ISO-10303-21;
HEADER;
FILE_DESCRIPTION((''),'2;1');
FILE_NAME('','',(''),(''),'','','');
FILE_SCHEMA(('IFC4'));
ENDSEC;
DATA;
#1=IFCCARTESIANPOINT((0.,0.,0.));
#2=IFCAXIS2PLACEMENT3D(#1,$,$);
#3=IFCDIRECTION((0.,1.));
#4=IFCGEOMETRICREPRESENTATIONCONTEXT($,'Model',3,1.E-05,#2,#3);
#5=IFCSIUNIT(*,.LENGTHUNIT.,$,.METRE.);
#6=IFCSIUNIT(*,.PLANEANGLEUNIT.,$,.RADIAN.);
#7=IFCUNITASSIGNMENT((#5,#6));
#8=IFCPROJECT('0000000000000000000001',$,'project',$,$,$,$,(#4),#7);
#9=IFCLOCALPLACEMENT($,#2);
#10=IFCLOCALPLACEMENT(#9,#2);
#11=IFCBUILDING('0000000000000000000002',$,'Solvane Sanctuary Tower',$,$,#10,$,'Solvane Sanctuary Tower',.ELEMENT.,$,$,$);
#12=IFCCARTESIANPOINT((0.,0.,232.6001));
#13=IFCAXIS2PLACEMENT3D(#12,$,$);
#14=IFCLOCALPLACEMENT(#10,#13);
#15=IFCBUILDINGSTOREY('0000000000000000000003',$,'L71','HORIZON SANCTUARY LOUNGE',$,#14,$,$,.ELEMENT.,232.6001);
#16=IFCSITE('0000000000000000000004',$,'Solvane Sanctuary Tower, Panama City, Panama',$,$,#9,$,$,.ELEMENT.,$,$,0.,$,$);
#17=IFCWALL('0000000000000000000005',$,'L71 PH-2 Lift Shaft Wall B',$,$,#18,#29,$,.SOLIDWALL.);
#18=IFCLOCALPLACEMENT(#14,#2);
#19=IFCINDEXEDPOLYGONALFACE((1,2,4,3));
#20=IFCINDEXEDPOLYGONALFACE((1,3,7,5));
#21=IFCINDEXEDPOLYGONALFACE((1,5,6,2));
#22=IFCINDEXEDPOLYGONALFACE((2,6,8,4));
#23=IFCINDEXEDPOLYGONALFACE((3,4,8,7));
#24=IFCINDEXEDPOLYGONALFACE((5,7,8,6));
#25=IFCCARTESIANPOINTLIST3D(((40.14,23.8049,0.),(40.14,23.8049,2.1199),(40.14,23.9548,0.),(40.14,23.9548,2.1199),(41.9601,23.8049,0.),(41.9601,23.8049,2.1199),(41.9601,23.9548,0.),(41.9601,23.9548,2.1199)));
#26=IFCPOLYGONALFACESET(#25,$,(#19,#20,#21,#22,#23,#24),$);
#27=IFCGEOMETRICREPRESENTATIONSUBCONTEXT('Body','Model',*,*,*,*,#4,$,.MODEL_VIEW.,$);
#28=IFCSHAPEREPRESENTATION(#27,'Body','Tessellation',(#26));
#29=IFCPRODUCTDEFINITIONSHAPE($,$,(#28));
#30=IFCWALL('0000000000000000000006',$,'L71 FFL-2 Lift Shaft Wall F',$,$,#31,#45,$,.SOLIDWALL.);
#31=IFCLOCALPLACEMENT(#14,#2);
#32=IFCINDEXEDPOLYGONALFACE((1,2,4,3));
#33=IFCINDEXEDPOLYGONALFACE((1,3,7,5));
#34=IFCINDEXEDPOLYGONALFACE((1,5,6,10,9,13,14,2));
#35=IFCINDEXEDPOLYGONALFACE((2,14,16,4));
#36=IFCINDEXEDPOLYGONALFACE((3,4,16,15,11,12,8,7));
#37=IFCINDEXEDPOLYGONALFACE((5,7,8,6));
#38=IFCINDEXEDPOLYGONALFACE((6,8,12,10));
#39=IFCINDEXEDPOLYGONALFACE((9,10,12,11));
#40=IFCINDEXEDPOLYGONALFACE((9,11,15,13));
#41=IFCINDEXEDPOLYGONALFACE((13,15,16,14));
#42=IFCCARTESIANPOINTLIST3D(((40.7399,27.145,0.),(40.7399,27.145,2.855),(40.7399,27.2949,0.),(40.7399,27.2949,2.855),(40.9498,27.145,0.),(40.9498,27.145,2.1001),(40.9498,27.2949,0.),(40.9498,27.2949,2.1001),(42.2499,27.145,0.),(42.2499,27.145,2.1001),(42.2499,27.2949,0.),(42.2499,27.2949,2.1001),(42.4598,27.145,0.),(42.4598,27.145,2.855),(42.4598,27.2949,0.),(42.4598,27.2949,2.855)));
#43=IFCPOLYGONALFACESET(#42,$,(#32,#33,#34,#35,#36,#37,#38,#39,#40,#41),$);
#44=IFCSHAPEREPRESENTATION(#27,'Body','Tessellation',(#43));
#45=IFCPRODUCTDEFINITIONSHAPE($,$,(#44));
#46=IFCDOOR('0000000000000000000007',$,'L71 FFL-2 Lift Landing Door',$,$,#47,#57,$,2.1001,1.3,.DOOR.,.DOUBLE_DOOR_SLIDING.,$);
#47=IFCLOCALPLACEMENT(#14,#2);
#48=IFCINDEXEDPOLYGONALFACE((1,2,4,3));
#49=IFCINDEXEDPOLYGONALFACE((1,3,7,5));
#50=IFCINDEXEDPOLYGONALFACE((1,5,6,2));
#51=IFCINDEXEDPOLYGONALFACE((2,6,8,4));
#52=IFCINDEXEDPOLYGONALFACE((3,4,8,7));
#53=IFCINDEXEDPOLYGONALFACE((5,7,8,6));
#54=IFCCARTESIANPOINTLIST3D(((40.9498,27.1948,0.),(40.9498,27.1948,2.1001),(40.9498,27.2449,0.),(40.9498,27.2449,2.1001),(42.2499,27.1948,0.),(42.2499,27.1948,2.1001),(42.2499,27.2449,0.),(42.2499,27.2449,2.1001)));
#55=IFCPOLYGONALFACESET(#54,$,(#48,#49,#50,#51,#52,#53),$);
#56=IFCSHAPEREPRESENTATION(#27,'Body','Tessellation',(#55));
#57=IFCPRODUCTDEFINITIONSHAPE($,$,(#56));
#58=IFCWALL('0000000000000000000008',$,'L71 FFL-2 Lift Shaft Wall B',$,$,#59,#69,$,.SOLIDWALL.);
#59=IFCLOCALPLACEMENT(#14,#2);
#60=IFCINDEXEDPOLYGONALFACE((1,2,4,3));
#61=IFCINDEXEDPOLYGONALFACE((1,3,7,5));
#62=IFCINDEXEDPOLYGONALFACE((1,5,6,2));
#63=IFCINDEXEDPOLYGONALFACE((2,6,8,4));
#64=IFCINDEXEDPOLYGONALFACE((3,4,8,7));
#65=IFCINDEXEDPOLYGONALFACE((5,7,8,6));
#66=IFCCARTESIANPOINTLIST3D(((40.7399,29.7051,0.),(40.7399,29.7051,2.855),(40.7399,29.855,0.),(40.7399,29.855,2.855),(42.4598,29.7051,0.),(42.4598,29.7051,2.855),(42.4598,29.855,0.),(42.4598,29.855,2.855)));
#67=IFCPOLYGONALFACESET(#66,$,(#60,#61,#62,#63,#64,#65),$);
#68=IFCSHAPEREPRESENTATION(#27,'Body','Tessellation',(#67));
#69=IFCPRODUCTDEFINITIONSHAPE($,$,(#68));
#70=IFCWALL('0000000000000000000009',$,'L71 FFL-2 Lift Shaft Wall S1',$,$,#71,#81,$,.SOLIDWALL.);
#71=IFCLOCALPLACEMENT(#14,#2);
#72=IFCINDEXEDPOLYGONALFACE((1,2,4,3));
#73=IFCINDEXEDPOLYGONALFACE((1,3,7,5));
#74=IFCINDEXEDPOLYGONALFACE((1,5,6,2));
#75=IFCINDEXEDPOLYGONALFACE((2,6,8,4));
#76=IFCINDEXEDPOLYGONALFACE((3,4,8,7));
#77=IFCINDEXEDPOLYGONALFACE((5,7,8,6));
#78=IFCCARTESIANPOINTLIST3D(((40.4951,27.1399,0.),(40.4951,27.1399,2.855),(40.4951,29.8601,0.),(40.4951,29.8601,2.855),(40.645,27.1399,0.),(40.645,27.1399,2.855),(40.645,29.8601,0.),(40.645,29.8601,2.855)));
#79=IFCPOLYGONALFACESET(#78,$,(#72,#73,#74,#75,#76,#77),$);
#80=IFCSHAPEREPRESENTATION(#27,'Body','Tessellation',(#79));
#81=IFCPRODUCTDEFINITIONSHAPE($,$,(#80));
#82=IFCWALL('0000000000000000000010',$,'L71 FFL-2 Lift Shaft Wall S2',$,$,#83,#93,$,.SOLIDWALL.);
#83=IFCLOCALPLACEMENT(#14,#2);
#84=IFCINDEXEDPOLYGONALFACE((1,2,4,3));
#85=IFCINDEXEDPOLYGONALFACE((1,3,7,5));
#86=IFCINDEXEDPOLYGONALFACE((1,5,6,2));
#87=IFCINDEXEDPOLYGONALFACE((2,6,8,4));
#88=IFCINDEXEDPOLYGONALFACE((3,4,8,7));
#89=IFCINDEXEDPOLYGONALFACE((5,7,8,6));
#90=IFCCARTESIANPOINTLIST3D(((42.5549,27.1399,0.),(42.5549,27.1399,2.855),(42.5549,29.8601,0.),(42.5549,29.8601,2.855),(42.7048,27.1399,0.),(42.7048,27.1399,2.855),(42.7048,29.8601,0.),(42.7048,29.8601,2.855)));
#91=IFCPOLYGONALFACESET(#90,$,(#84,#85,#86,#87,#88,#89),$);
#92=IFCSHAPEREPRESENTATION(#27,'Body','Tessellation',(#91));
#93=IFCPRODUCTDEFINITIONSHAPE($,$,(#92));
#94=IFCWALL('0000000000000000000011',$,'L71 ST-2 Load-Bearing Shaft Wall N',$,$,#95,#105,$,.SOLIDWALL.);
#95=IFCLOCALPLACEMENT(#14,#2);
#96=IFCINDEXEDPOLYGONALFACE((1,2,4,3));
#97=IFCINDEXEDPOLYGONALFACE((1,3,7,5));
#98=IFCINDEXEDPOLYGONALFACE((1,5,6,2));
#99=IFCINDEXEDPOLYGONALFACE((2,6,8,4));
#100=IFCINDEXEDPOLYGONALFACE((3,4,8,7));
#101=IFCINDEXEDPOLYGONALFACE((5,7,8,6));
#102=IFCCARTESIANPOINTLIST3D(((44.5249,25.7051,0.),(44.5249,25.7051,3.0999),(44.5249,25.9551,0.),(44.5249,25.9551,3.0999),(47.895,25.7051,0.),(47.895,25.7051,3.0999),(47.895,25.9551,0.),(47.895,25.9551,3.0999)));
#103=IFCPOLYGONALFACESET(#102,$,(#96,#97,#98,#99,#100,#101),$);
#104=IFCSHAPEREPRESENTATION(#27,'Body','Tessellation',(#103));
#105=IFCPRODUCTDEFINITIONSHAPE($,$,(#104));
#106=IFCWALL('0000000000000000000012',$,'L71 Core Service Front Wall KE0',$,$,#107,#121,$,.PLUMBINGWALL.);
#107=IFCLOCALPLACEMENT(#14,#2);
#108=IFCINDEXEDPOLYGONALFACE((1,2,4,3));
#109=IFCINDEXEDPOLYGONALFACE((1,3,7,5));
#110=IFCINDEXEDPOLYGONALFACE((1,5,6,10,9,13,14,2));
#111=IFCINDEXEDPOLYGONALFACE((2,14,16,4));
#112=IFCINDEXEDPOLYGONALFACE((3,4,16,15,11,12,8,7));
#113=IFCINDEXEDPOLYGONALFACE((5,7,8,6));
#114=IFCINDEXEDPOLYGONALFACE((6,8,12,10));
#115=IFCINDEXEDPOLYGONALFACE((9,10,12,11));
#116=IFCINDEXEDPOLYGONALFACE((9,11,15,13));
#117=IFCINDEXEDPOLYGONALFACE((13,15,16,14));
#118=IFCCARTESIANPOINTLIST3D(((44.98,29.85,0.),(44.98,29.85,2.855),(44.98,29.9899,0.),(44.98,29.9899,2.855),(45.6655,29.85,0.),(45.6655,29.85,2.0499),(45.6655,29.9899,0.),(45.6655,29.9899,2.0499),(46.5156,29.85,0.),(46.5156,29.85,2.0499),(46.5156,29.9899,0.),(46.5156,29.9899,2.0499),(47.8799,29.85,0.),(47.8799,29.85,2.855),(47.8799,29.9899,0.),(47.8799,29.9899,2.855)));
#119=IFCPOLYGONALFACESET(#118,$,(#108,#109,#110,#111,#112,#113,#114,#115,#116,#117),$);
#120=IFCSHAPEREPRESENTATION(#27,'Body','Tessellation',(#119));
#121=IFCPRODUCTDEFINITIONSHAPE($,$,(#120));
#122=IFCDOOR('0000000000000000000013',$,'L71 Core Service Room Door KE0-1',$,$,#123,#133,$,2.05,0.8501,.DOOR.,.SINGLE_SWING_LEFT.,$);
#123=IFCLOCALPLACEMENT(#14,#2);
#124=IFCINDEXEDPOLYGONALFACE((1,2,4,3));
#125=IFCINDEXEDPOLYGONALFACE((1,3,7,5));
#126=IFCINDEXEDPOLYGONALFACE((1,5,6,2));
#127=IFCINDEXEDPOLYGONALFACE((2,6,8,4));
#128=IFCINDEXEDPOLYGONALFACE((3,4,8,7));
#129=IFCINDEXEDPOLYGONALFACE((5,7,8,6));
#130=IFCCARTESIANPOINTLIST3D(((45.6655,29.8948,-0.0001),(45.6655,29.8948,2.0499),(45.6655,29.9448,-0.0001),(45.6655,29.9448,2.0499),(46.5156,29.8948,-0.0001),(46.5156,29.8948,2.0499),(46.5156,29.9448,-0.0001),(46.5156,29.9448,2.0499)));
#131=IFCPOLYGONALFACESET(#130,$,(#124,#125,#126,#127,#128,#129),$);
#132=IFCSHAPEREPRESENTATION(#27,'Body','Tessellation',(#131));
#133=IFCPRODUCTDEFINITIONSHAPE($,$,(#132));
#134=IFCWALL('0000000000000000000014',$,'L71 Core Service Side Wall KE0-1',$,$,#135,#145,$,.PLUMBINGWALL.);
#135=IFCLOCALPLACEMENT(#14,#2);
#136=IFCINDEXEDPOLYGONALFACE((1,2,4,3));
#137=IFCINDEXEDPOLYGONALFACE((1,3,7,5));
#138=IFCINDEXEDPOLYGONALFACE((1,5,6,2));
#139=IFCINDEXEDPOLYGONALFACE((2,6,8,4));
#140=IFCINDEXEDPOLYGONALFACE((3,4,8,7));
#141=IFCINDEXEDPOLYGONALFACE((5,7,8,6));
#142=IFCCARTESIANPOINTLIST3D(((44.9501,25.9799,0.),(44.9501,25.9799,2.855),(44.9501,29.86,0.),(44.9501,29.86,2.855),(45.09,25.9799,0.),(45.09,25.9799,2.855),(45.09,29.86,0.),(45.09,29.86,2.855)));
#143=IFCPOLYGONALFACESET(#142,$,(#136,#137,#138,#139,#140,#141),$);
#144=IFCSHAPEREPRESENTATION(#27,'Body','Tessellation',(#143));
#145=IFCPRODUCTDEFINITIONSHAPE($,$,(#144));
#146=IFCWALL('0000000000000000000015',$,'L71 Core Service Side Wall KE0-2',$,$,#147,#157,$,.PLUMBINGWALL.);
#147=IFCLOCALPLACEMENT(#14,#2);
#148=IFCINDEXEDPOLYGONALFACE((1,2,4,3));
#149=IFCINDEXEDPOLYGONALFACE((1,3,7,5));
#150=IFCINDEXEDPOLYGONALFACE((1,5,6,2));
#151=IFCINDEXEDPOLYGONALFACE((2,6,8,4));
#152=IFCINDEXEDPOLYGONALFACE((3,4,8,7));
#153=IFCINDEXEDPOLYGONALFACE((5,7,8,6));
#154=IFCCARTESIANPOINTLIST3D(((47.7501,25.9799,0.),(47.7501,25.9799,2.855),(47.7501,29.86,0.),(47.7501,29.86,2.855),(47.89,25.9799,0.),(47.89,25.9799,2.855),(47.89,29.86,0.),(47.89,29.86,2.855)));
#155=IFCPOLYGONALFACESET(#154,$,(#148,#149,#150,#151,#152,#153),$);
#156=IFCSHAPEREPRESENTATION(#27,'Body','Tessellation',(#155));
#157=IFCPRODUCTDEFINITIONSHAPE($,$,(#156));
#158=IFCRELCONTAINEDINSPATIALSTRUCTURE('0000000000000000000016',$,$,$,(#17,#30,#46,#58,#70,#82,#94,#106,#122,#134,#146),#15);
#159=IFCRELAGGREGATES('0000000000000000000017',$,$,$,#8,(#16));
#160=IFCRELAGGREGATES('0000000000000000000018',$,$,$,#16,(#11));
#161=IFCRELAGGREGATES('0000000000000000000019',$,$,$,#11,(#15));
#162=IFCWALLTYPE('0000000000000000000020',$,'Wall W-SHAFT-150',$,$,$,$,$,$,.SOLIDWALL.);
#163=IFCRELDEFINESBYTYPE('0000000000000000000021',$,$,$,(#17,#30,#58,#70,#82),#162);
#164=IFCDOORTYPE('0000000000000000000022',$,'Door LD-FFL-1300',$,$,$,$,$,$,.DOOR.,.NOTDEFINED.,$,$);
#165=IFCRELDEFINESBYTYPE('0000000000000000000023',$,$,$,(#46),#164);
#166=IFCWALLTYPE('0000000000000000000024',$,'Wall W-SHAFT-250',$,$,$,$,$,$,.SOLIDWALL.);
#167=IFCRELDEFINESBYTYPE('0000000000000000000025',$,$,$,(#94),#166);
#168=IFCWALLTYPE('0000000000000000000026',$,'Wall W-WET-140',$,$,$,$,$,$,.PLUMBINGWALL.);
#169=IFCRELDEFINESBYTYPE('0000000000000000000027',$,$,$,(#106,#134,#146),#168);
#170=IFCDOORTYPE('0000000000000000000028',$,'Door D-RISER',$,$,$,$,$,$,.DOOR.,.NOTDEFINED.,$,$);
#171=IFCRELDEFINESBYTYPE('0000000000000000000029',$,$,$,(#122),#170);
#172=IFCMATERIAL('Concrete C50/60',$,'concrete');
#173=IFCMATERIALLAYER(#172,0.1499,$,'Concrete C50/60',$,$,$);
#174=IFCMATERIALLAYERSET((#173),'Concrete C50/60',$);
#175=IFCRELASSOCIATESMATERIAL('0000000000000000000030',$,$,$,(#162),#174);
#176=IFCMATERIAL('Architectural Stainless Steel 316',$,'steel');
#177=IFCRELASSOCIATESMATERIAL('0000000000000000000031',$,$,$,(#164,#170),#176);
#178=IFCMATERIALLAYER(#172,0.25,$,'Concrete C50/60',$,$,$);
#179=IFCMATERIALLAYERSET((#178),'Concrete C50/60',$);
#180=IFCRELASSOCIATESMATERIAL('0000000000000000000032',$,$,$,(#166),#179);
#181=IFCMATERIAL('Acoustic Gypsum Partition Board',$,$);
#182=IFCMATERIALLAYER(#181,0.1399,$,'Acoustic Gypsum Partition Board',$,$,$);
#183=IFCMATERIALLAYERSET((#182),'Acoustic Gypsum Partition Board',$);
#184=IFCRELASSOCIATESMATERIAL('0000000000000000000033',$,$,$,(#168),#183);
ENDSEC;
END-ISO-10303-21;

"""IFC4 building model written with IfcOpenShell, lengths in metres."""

from ifc_helpers import new_model, si_unit, direction, frame, frame_2d, origin, place, context, subcontext, project, spatial, rectangle, extrude, material, layer, layer_set, type_object, element, fill, save


model = new_model("IFC4")

# Units and contexts
model_context = context("Model", 3, precision=1e-05, world=origin(), true_north=direction((0.0, 1.0)))
body_context = subcontext(model_context, "Body", "Model", "MODEL_VIEW")
ifc_project = project(units=[si_unit("LENGTHUNIT", "METRE"), si_unit("PLANEANGLEUNIT", "RADIAN")], contexts=[model_context])

# Site, building, storey
site_placement = place(None, origin())
site = spatial("IfcSite", under=ifc_project, at=site_placement, Name="Solvane Sanctuary Tower, Panama City, Panama", CompositionType="ELEMENT", RefElevation=0.0)
building_placement = place(site_placement, origin())
building = spatial("IfcBuilding", under=site, at=building_placement, Name="Solvane Sanctuary Tower", LongName="Solvane Sanctuary Tower", CompositionType="ELEMENT")
storey_placement = place(building_placement, frame((0.0, 0.0, 232.6001)))
storey = spatial("IfcBuildingStorey", under=building, at=storey_placement, Name="L71", Description="HORIZON SANCTUARY LOUNGE", CompositionType="ELEMENT", Elevation=232.6001)

# Shared definitions
ifc_material_1 = material(Name="Acoustic Gypsum Partition Board")

# Shared definitions
ifc_material_2 = material(Name="Architectural Stainless Steel 316", Category="steel")

# Wall
ifc_material_3 = material(Name="Concrete C50/60", Category="concrete")
ifc_layer_1 = layer(ifc_material_3, 0.1499, Name="Concrete C50/60")
ifc_layer_set_1 = layer_set([ifc_layer_1], Name="Concrete C50/60")
wall_type_1 = type_object("IfcWallType", Name="Wall W-SHAFT-150", PredefinedType="SOLIDWALL", material=ifc_layer_set_1)
wall_1_placement = place(storey_placement, frame((40.1399, 23.8799, 0.0), z_axis=(0.0, 0.0, 1.0), x_axis=(1.0, 0.0, 0.0)))
element("IfcWall", 1, at=wall_1_placement, inside=storey, type_object=wall_type_1, Name="L71 PH-2 Lift Shaft Wall B", PredefinedType="SOLIDWALL", context=body_context, shape_type="SweptSolid", body=[
    extrude(rectangle(XDim=1.8201, YDim=0.1499, at=frame_2d((0.9102, 0.0))), origin(), (0.0, 0.0, 1.0), 2.1199),
])

# Wall, opening, door
wall_2_placement = place(storey_placement, frame((40.74, 27.22, 0.0), z_axis=(0.0, 0.0, 1.0), x_axis=(1.0, 0.0, 0.0)))
wall_2 = element("IfcWall", 2, at=wall_2_placement, inside=storey, type_object=wall_type_1, Name="L71 FFL-2 Lift Shaft Wall F", PredefinedType="SOLIDWALL", context=body_context, shape_type="SweptSolid", body=[
    extrude(rectangle(XDim=1.72, YDim=0.1499, at=frame_2d((0.8599, 0.0))), origin(), (0.0, 0.0, 1.0), 2.855),
])
opening_1_placement = place(wall_2_placement, frame((0.21, 0.0, 0.0)))
opening_1 = element("IfcOpeningElement", 3, at=opening_1_placement, cuts=wall_2, PredefinedType="OPENING", context=body_context, shape_type="SweptSolid", body=[
    extrude(rectangle(XDim=1.3, YDim=2.1001, at=frame_2d((0.6499, 1.05))), frame((0.0, 0.085, 0.0), z_axis=(0.0, -1.0, 0.0), x_axis=(1.0, 0.0, 0.0)), (0.0, 0.0, 1.0), 0.1699),
])
door_type_1 = type_object("IfcDoorType", Name="Door LD-FFL-1300", OperationType="NOTDEFINED", PredefinedType="DOOR", material=ifc_material_2)
door_1_placement = place(opening_1_placement, origin())
door_1 = element("IfcDoor", 4, at=door_1_placement, inside=storey, type_object=door_type_1, Name="L71 FFL-2 Lift Landing Door", OperationType="DOUBLE_DOOR_SLIDING", OverallHeight=2.1001, OverallWidth=1.3, PredefinedType="DOOR", context=body_context, shape_type="SweptSolid", body=[
    extrude(rectangle(XDim=1.3, YDim=2.1001, at=frame_2d((0.6499, 1.05))), frame((0.0, 0.0249, 0.0), z_axis=(0.0, -1.0, 0.0), x_axis=(1.0, 0.0, 0.0)), (0.0, 0.0, 1.0), 0.05),
])
fill(opening_1, door_1)

# Walls
wall_3_placement = place(storey_placement, frame((40.74, 29.78, 0.0), z_axis=(0.0, 0.0, 1.0), x_axis=(1.0, 0.0, 0.0)))
element("IfcWall", 5, at=wall_3_placement, inside=storey, type_object=wall_type_1, Name="L71 FFL-2 Lift Shaft Wall B", PredefinedType="SOLIDWALL", context=body_context, shape_type="SweptSolid", body=[
    extrude(rectangle(XDim=1.72, YDim=0.1499, at=frame_2d((0.8599, 0.0))), origin(), (0.0, 0.0, 1.0), 2.855),
])
for number, where, z_axis, x_axis, name in (
    (6, (40.5701, 27.1399, 0.0), (0.0, 0.0, 1.0), (0.0, 1.0, 0.0), "L71 FFL-2 Lift Shaft Wall S1"),
    (7, (42.6299, 27.1399, 0.0), (0.0, 0.0, 1.0), (0.0, 1.0, 0.0), "L71 FFL-2 Lift Shaft Wall S2"),
):
    element("IfcWall", number, at=place(storey_placement, frame(where, z_axis=z_axis, x_axis=x_axis)), inside=storey, type_object=wall_type_1, Name=name, PredefinedType="SOLIDWALL", context=body_context, shape_type="SweptSolid", body=[
        extrude(rectangle(XDim=2.7202, YDim=0.1499, at=frame_2d((1.3601, 0.0))), origin(), (0.0, 0.0, 1.0), 2.855),
    ])
ifc_layer_2 = layer(ifc_material_3, 0.25, Name="Concrete C50/60")
ifc_layer_set_2 = layer_set([ifc_layer_2], Name="Concrete C50/60")
wall_type_2 = type_object("IfcWallType", Name="Wall W-SHAFT-250", PredefinedType="SOLIDWALL", material=ifc_layer_set_2)
wall_4_placement = place(storey_placement, frame((44.5249, 25.8301, 0.0), z_axis=(0.0, 0.0, 1.0), x_axis=(1.0, 0.0, 0.0)))
element("IfcWall", 8, at=wall_4_placement, inside=storey, type_object=wall_type_2, Name="L71 ST-2 Load-Bearing Shaft Wall N", PredefinedType="SOLIDWALL", context=body_context, shape_type="SweptSolid", body=[
    extrude(rectangle(XDim=3.3701, YDim=0.25, at=frame_2d((1.6851, 0.0))), origin(), (0.0, 0.0, 1.0), 3.0999),
])

# Wall, opening, door
ifc_layer_3 = layer(ifc_material_1, 0.1399, Name="Acoustic Gypsum Partition Board")
ifc_layer_set_3 = layer_set([ifc_layer_3], Name="Acoustic Gypsum Partition Board")
wall_type_3 = type_object("IfcWallType", Name="Wall W-WET-140", PredefinedType="PLUMBINGWALL", material=ifc_layer_set_3)
wall_5_placement = place(storey_placement, frame((44.98, 29.9199, 0.0), z_axis=(0.0, 0.0, 1.0), x_axis=(1.0, 0.0, 0.0)))
wall_5 = element("IfcWall", 9, at=wall_5_placement, inside=storey, type_object=wall_type_3, Name="L71 Core Service Front Wall KE0", PredefinedType="PLUMBINGWALL", context=body_context, shape_type="SweptSolid", body=[
    extrude(rectangle(XDim=2.8999, YDim=0.1399, at=frame_2d((1.45, 0.0))), origin(), (0.0, 0.0, 1.0), 2.855),
])
opening_2_placement = place(wall_5_placement, frame((0.6855, 0.0, 0.0)))
opening_2 = element("IfcOpeningElement", 10, at=opening_2_placement, cuts=wall_5, PredefinedType="OPENING", context=body_context, shape_type="SweptSolid", body=[
    extrude(rectangle(XDim=0.8501, YDim=2.05, at=frame_2d((0.425, 1.0249))), frame((0.0, 0.0798, 0.0), z_axis=(0.0, -1.0, 0.0), x_axis=(1.0, 0.0, 0.0)), (0.0, 0.0, 1.0), 0.1599),
])
door_type_2 = type_object("IfcDoorType", Name="Door D-RISER", OperationType="NOTDEFINED", PredefinedType="DOOR", material=ifc_material_2)
door_2_placement = place(opening_2_placement, origin())
door_2 = element("IfcDoor", 11, at=door_2_placement, inside=storey, type_object=door_type_2, Name="L71 Core Service Room Door KE0-1", OperationType="SINGLE_SWING_LEFT", OverallHeight=2.05, OverallWidth=0.8501, PredefinedType="DOOR", context=body_context, shape_type="SweptSolid", body=[
    extrude(rectangle(XDim=0.8501, YDim=2.05, at=frame_2d((0.425, 1.0249))), frame((0.0, 0.0249, 0.0), z_axis=(0.0, -1.0, 0.0), x_axis=(1.0, 0.0, 0.0)), (0.0, 0.0, 1.0), 0.05),
])
fill(opening_2, door_2)

# Walls
for number, where, z_axis, x_axis, name in (
    (12, (45.02, 25.98, 0.0), (0.0, 0.0, 1.0), (0.0, 1.0, 0.0), "L71 Core Service Side Wall KE0-1"),
    (13, (47.8201, 25.98, 0.0), (0.0, 0.0, 1.0), (0.0, 1.0, 0.0), "L71 Core Service Side Wall KE0-2"),
):
    element("IfcWall", number, at=place(storey_placement, frame(where, z_axis=z_axis, x_axis=x_axis)), inside=storey, type_object=wall_type_3, Name=name, PredefinedType="PLUMBINGWALL", context=body_context, shape_type="SweptSolid", body=[
        extrude(rectangle(XDim=3.8801, YDim=0.1399, at=frame_2d((1.9399, 0.0))), origin(), (0.0, 0.0, 1.0), 2.855),
    ])

save(model, "model.ifc")
